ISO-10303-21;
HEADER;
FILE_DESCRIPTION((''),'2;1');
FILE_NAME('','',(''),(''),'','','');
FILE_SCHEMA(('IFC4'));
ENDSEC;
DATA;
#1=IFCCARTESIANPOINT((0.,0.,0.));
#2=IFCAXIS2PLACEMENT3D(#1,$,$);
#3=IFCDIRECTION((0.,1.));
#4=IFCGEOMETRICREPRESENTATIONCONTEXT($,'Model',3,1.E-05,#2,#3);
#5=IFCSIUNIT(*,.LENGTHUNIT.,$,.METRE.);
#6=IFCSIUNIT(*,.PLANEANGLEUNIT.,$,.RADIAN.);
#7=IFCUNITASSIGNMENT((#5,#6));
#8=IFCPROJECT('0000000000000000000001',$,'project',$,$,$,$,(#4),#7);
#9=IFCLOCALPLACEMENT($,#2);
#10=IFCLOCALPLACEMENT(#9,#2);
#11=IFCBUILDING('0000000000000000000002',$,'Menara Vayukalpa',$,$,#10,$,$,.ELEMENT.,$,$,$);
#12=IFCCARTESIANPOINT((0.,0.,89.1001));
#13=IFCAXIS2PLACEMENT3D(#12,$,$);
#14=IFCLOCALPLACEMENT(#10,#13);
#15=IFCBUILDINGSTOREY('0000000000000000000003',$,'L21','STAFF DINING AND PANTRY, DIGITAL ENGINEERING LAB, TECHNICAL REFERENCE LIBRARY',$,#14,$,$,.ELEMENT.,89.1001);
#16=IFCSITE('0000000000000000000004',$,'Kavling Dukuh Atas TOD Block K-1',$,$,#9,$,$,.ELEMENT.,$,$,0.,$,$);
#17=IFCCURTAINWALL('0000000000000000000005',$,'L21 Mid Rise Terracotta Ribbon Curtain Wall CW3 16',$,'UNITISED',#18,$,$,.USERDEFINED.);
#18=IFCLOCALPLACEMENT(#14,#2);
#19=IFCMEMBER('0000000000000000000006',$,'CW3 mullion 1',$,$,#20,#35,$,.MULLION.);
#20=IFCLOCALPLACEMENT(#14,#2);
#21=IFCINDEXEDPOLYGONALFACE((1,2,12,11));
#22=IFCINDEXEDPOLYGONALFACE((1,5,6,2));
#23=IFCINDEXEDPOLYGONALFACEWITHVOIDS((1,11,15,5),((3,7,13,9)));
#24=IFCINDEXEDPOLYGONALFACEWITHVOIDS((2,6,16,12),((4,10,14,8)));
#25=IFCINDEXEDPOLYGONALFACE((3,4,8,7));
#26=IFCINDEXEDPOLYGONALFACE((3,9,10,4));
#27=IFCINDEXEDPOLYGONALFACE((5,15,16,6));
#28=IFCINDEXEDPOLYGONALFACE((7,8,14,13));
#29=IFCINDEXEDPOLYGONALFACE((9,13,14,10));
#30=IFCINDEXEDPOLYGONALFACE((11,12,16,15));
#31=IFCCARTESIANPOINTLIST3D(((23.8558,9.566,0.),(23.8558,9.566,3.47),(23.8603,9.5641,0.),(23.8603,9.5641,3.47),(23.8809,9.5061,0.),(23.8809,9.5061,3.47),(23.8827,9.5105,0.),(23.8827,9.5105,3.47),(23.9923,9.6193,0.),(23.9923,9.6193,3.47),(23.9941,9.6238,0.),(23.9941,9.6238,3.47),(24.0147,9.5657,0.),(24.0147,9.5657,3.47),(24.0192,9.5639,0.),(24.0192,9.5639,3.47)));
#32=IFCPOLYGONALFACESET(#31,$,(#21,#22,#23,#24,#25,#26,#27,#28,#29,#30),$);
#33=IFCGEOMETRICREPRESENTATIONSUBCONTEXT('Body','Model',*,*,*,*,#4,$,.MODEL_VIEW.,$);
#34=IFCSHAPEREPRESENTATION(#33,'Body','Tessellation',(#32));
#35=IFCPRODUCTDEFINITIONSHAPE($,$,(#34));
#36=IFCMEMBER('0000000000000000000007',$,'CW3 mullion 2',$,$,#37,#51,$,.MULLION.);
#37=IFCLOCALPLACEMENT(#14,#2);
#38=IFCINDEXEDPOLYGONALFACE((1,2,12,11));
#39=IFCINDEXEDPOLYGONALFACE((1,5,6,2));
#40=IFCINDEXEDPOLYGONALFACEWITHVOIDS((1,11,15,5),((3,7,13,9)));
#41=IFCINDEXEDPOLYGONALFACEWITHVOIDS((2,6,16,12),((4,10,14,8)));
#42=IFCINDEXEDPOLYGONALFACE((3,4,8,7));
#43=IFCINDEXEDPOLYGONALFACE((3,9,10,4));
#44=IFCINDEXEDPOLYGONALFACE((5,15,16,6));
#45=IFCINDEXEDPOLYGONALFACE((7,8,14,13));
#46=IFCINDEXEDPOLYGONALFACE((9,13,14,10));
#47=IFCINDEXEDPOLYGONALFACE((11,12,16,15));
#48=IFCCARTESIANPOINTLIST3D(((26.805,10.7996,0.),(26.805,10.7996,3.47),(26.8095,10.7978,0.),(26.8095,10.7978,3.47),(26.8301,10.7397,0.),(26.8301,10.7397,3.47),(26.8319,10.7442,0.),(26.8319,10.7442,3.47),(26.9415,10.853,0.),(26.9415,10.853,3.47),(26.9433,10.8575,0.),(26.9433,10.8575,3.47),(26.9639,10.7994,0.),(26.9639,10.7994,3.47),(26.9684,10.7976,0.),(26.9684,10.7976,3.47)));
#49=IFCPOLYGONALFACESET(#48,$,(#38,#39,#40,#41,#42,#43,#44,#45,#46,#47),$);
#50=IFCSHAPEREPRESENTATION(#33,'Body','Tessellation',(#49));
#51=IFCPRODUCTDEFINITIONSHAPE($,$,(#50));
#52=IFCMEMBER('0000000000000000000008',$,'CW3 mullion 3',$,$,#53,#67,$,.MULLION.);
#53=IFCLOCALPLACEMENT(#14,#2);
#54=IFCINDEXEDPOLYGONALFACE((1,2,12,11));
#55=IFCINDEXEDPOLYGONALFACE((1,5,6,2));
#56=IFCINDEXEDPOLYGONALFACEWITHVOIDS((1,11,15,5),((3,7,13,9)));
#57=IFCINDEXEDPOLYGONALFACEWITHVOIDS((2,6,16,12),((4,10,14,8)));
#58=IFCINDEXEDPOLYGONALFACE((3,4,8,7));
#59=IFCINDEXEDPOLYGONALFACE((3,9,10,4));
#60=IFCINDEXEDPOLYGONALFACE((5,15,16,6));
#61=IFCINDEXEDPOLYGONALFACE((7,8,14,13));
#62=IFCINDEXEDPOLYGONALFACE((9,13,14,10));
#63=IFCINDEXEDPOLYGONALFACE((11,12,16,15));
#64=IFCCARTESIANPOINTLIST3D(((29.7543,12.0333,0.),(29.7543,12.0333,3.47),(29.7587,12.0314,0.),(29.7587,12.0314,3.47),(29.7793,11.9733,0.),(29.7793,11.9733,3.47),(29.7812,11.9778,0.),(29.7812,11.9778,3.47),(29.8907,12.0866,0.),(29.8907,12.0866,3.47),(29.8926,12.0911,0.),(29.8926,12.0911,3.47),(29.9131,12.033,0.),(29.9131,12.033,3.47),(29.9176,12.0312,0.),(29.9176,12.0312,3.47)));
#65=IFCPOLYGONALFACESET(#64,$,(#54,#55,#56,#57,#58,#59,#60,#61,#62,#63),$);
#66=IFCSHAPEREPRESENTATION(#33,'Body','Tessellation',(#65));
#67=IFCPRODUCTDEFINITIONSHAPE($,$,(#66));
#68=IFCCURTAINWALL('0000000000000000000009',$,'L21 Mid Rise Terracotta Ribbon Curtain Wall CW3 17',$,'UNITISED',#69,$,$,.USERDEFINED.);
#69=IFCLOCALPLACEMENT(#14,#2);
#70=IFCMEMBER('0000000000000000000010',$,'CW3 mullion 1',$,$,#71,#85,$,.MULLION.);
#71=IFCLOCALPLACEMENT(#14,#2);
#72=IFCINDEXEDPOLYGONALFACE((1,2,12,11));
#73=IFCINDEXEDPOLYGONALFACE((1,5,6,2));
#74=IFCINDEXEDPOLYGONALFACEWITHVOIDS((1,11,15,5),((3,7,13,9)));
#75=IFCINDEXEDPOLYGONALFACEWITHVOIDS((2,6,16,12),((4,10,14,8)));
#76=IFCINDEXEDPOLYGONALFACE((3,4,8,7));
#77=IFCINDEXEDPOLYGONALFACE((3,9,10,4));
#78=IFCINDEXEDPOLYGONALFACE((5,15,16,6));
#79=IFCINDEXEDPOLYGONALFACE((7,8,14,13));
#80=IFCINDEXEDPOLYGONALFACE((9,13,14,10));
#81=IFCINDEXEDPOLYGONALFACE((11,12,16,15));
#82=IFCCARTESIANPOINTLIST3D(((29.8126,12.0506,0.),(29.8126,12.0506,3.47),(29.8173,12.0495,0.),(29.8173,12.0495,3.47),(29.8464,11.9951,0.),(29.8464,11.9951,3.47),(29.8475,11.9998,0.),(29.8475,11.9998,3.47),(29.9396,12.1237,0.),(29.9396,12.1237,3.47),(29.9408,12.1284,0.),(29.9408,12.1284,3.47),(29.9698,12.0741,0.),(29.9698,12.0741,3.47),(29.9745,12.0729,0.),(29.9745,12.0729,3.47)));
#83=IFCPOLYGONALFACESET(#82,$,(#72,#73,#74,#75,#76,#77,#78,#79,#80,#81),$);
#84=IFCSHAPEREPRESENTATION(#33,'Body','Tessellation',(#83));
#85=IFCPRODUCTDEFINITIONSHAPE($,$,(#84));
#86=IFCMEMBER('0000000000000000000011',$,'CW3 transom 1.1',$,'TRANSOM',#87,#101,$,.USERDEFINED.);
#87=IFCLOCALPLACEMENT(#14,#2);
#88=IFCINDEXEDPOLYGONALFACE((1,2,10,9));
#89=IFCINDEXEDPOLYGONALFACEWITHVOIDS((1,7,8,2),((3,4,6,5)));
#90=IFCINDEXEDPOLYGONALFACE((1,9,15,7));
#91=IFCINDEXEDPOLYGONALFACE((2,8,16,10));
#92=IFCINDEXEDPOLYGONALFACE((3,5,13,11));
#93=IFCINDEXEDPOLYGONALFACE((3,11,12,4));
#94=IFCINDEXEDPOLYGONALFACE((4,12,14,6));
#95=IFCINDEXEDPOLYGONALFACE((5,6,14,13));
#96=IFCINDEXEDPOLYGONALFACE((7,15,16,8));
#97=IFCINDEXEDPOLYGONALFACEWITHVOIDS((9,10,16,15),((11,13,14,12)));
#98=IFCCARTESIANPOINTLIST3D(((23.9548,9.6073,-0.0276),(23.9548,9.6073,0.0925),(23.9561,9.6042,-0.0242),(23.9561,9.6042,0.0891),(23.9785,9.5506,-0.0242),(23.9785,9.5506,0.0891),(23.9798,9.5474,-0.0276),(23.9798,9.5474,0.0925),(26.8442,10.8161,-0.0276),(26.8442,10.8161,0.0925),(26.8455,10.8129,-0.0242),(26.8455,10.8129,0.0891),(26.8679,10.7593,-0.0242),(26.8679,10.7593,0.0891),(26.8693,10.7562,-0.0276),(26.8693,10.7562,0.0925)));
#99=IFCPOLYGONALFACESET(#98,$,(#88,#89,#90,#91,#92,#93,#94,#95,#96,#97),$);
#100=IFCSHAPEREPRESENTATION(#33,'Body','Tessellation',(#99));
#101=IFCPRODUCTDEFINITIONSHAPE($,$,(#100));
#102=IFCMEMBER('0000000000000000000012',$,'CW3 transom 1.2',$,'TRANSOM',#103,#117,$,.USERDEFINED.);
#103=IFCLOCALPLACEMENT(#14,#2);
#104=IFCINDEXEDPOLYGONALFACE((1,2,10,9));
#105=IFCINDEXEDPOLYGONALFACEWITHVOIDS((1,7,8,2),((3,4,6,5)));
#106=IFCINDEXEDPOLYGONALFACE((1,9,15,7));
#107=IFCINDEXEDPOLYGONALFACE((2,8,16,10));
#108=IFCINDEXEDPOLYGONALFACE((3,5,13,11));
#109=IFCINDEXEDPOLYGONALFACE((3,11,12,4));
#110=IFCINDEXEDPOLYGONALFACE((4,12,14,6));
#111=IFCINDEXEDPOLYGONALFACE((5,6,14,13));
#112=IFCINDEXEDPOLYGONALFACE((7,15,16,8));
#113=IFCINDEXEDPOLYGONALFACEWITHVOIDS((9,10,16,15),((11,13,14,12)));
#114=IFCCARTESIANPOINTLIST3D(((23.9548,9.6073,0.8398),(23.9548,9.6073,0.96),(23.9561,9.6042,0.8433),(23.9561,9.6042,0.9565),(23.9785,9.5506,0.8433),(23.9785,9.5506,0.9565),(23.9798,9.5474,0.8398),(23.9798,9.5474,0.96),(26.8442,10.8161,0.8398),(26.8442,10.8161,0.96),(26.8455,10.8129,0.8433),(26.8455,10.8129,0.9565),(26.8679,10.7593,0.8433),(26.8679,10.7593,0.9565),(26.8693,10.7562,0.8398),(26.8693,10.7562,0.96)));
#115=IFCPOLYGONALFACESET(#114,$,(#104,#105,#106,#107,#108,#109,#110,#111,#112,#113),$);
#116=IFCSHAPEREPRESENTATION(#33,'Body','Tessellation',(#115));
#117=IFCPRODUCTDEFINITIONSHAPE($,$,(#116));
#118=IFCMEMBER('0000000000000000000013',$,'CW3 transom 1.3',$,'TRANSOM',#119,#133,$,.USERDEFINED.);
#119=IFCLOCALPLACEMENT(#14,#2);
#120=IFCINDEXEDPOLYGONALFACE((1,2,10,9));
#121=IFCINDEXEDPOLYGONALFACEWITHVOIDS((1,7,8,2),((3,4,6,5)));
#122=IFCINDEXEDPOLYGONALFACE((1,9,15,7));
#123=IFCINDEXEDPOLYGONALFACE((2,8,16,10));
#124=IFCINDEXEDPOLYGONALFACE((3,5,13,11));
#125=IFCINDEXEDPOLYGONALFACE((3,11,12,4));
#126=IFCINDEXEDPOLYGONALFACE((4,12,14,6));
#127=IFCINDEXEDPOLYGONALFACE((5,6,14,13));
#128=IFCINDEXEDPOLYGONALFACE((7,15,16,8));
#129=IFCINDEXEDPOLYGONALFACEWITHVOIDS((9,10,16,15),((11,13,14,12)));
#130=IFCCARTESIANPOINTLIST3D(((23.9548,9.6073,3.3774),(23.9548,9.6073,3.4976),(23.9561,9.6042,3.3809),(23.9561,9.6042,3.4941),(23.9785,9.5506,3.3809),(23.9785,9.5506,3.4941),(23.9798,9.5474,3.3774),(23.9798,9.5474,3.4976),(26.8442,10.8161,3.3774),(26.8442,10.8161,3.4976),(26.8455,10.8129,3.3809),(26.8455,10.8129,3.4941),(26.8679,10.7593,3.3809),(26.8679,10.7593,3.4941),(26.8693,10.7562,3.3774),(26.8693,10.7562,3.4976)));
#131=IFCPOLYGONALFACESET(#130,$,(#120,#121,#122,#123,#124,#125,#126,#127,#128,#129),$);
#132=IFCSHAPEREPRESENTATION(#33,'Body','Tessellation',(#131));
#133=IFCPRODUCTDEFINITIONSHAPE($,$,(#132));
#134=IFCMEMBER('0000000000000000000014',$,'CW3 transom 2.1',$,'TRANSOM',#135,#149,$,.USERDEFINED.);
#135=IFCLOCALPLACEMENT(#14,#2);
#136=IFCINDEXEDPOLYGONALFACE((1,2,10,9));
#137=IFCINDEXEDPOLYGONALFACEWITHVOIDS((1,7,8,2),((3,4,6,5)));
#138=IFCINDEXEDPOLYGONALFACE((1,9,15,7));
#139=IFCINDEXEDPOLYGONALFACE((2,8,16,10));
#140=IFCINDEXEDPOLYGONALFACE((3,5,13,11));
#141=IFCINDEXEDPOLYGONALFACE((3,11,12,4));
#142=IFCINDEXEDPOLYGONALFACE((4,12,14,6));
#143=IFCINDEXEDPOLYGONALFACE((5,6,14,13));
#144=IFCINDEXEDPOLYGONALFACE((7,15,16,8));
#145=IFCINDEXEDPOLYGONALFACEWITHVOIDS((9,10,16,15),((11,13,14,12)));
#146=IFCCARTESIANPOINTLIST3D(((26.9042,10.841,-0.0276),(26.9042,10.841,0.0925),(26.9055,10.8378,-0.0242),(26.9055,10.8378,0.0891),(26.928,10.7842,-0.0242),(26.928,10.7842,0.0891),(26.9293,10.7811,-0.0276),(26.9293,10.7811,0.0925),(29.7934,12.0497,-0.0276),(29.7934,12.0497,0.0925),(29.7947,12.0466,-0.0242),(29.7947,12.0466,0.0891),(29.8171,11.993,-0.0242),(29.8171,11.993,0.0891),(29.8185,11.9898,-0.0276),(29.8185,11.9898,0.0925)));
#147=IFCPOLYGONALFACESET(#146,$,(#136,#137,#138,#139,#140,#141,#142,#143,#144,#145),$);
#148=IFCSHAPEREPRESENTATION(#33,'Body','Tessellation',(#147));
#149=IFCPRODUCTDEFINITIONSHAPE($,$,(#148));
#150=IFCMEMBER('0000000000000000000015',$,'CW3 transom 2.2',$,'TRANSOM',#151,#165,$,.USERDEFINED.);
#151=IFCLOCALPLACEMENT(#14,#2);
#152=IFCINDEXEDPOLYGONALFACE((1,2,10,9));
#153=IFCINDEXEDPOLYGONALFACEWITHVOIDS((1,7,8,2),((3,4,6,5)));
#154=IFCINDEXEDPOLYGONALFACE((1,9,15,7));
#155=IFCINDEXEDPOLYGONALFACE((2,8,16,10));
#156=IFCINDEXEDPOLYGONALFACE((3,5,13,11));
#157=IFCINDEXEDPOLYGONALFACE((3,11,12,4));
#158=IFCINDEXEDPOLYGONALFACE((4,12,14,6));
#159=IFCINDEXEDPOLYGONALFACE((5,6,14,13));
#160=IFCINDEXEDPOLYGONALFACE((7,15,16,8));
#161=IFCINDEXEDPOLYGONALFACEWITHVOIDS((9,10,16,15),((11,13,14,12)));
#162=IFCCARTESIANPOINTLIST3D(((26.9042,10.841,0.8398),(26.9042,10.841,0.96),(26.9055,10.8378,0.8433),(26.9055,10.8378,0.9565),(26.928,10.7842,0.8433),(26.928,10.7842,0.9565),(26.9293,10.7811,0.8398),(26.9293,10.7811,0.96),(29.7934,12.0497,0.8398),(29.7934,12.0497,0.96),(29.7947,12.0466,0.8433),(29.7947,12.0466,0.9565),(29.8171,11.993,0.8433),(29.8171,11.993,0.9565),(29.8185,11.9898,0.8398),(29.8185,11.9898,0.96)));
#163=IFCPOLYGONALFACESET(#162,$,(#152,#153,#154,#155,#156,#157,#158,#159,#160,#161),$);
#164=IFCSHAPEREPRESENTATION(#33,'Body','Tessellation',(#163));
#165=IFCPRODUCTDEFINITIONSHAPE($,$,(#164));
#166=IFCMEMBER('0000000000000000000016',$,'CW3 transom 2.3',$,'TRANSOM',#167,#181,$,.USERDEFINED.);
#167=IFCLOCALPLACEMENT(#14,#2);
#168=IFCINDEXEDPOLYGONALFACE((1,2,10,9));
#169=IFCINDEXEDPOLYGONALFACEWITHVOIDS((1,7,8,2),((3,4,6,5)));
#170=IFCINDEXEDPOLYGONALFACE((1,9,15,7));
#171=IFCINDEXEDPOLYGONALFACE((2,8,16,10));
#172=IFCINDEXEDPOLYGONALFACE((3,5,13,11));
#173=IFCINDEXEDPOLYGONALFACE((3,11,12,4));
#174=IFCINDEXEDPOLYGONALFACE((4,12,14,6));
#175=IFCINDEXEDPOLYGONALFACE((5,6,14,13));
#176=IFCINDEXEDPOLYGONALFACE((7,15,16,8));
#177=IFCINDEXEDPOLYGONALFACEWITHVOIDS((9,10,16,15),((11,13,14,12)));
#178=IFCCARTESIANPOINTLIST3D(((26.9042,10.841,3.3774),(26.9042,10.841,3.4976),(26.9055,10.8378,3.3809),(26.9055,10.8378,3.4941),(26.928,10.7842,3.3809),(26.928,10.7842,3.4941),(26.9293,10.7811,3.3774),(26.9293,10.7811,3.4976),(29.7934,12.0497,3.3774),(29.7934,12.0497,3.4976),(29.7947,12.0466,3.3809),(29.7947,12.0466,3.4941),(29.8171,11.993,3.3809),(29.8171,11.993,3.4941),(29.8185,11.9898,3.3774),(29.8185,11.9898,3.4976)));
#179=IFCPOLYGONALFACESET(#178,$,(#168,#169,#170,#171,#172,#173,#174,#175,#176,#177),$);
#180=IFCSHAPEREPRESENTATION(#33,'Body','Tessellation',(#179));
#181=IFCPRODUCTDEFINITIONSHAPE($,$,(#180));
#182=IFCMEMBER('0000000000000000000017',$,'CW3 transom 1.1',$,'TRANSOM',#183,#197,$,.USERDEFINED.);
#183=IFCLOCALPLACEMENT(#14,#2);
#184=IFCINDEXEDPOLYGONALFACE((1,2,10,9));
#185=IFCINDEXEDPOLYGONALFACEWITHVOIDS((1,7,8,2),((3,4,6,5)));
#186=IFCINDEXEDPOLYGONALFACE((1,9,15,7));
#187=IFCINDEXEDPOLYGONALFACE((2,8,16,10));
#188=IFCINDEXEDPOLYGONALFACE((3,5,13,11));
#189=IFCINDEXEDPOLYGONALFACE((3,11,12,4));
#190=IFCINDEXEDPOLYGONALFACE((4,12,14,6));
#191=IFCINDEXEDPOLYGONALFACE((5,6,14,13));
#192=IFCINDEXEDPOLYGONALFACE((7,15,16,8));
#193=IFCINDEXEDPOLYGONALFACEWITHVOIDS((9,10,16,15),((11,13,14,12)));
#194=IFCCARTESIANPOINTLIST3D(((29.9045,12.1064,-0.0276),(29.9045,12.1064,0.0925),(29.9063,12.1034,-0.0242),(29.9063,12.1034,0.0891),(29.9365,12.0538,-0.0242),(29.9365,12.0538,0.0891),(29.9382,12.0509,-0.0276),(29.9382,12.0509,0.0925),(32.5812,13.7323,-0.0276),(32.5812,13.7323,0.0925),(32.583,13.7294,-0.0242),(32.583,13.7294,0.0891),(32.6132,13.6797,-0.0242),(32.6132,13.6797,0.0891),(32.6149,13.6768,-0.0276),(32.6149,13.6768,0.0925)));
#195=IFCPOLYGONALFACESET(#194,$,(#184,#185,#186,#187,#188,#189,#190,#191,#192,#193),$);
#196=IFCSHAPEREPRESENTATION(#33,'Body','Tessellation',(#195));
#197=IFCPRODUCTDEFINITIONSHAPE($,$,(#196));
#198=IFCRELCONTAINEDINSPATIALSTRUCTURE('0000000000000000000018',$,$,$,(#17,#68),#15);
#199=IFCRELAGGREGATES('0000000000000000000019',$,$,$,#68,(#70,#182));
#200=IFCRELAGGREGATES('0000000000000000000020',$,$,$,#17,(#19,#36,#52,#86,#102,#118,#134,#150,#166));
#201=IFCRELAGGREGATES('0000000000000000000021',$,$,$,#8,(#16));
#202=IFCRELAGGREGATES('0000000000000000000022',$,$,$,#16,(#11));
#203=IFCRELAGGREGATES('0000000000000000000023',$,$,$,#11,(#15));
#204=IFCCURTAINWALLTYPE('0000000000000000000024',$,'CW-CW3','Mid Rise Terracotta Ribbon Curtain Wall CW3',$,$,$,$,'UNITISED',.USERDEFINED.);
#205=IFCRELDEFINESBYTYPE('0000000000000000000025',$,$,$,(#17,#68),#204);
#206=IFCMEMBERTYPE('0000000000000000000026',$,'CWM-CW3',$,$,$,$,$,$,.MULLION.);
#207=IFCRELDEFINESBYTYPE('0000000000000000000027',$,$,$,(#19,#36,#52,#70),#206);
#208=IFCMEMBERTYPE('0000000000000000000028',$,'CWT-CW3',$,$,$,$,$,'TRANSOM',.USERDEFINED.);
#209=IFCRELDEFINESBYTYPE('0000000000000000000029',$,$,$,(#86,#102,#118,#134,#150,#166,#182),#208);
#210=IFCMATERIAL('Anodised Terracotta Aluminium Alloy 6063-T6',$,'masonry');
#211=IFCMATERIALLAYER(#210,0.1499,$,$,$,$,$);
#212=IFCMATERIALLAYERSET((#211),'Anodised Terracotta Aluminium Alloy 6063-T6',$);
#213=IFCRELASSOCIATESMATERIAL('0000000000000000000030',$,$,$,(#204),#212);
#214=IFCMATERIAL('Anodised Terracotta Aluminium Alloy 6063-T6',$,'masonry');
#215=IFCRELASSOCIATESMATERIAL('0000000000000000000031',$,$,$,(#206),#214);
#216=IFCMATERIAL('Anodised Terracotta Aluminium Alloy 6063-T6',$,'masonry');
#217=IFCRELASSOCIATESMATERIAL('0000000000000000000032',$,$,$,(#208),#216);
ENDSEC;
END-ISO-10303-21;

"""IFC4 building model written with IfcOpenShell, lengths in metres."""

from ifc_helpers import new_model, si_unit, direction, frame, origin, origin_2d, place, context, subcontext, project, spatial, hollow_rectangle, extrude, material, layer, layer_set, material_profile, profile_set, type_object, element, aggregate, save


model = new_model("IFC4")

# Units and contexts
model_context = context("Model", 3, precision=1e-05, world=origin(), true_north=direction((0.0, 1.0)))
body_context = subcontext(model_context, "Body", "Model", "MODEL_VIEW")
ifc_project = project(units=[si_unit("LENGTHUNIT", "METRE"), si_unit("PLANEANGLEUNIT", "RADIAN")], contexts=[model_context])

# Site, building, storey
site_placement = place(None, origin())
site = spatial("IfcSite", under=ifc_project, at=site_placement, Name="Kavling Dukuh Atas TOD Block K-1", CompositionType="ELEMENT", RefElevation=0.0)
building_placement = place(site_placement, origin())
building = spatial("IfcBuilding", under=site, at=building_placement, Name="Menara Vayukalpa", CompositionType="ELEMENT")
storey_placement = place(building_placement, frame((0.0, 0.0, 89.1001)))
storey = spatial("IfcBuildingStorey", under=building, at=storey_placement, Name="L21", Description="STAFF DINING AND PANTRY, DIGITAL ENGINEERING LAB, TECHNICAL REFERENCE LIBRARY", CompositionType="ELEMENT", Elevation=89.1001)

# Curtain wall, members
ifc_material_1 = material(Name="Anodised Terracotta Aluminium Alloy 6063-T6", Category="masonry")
ifc_layer_1 = layer(ifc_material_1, 0.1499)
ifc_layer_set_1 = layer_set([ifc_layer_1], Name="Anodised Terracotta Aluminium Alloy 6063-T6")
curtain_wall_type = type_object("IfcCurtainWallType", Name="CW-CW3", Description="Mid Rise Terracotta Ribbon Curtain Wall CW3", ElementType="UNITISED", PredefinedType="USERDEFINED", material=ifc_layer_set_1)
curtain_wall_1_placement = place(storey_placement, origin())
curtain_wall_1 = element("IfcCurtainWall", 1, at=curtain_wall_1_placement, inside=storey, type_object=curtain_wall_type, Name="L21 Mid Rise Terracotta Ribbon Curtain Wall CW3 16", ObjectType="UNITISED", PredefinedType="USERDEFINED")
ifc_material_2 = material(Name="Anodised Terracotta Aluminium Alloy 6063-T6", Category="masonry")
ifc_material_profile_1 = material_profile(ifc_material_2, hollow_rectangle(XDim=0.0649, YDim=0.1499, WallThickness=0.0034, at=origin_2d()), Name="ALU 65x150x3.5")
ifc_profile_set_1 = profile_set([ifc_material_profile_1], Name="Anodised Terracotta Aluminium Alloy 6063-T6")
member_type_1 = type_object("IfcMemberType", Name="CWM-CW3", PredefinedType="MULLION", material=ifc_profile_set_1)
member_1_placement = place(storey_placement, frame((23.9375, 9.5649, 0.0), z_axis=(0.0, 0.0, 1.0), x_axis=(-0.385894, 0.922543, 0.0)))
member_1 = element("IfcMember", 2, at=member_1_placement, type_object=member_type_1, Name="CW3 mullion 1", PredefinedType="MULLION", context=body_context, shape_type="SweptSolid", body=[
    extrude(hollow_rectangle(XDim=0.0649, YDim=0.1499, WallThickness=0.0034, at=origin_2d()), origin(), (0.0, 0.0, 1.0), 3.47),
])
member_2_placement = place(storey_placement, frame((26.8867, 10.7986, 0.0), z_axis=(0.0, 0.0, 1.0), x_axis=(-0.385894, 0.922543, 0.0)))
member_2 = element("IfcMember", 3, at=member_2_placement, type_object=member_type_1, Name="CW3 mullion 2", PredefinedType="MULLION", context=body_context, shape_type="SweptSolid", body=[
    extrude(hollow_rectangle(XDim=0.0649, YDim=0.1499, WallThickness=0.0034, at=origin_2d()), origin(), (0.0, 0.0, 1.0), 3.47),
])
member_3_placement = place(storey_placement, frame((29.8359, 12.0322, 0.0), z_axis=(0.0, 0.0, 1.0), x_axis=(-0.385894, 0.922543, 0.0)))
member_3 = element("IfcMember", 4, at=member_3_placement, type_object=member_type_1, Name="CW3 mullion 3", PredefinedType="MULLION", context=body_context, shape_type="SweptSolid", body=[
    extrude(hollow_rectangle(XDim=0.0649, YDim=0.1499, WallThickness=0.0034, at=origin_2d()), origin(), (0.0, 0.0, 1.0), 3.47),
])

# Curtain wall, member
curtain_wall_2_placement = place(storey_placement, origin())
curtain_wall_2 = element("IfcCurtainWall", 5, at=curtain_wall_2_placement, inside=storey, type_object=curtain_wall_type, Name="L21 Mid Rise Terracotta Ribbon Curtain Wall CW3 17", ObjectType="UNITISED", PredefinedType="USERDEFINED")
member_4_placement = place(storey_placement, frame((29.8936, 12.0618, 0.0), z_axis=(0.0, 0.0, 1.0), x_axis=(-0.519183, 0.854663, 0.0)))
member_4 = element("IfcMember", 6, at=member_4_placement, type_object=member_type_1, Name="CW3 mullion 1", PredefinedType="MULLION", context=body_context, shape_type="SweptSolid", body=[
    extrude(hollow_rectangle(XDim=0.0649, YDim=0.1499, WallThickness=0.0034, at=origin_2d()), origin(), (0.0, 0.0, 1.0), 3.47),
])

# Members
ifc_material_3 = material(Name="Anodised Terracotta Aluminium Alloy 6063-T6", Category="masonry")
ifc_material_profile_2 = material_profile(ifc_material_3, hollow_rectangle(XDim=0.0649, YDim=0.1201, WallThickness=0.0034, at=origin_2d()), Name="ALU 65x120x3.5")
ifc_profile_set_2 = profile_set([ifc_material_profile_2], Name="Anodised Terracotta Aluminium Alloy 6063-T6")
member_type_2 = type_object("IfcMemberType", Name="CWT-CW3", ElementType="TRANSOM", PredefinedType="USERDEFINED", material=ifc_profile_set_2)
member_5_placement = place(storey_placement, frame((23.9673, 9.5774, 0.0325), z_axis=(0.922529, 0.385927, 0.0), x_axis=(-0.385927, 0.922529, 0.0)))
member_5 = element("IfcMember", 7, at=member_5_placement, type_object=member_type_2, Name="CW3 transom 1.1", ObjectType="TRANSOM", PredefinedType="USERDEFINED", context=body_context, shape_type="SweptSolid", body=[
    extrude(hollow_rectangle(XDim=0.0649, YDim=0.1201, WallThickness=0.0034, at=origin_2d()), origin(), (0.0, 0.0, 1.0), 3.1321),
])
member_6_placement = place(storey_placement, frame((23.9673, 9.5774, 0.8999), z_axis=(0.922529, 0.385927, 0.0), x_axis=(-0.385927, 0.922529, 0.0)))
member_6 = element("IfcMember", 8, at=member_6_placement, type_object=member_type_2, Name="CW3 transom 1.2", ObjectType="TRANSOM", PredefinedType="USERDEFINED", context=body_context, shape_type="SweptSolid", body=[
    extrude(hollow_rectangle(XDim=0.0649, YDim=0.1201, WallThickness=0.0034, at=origin_2d()), origin(), (0.0, 0.0, 1.0), 3.1321),
])
member_7_placement = place(storey_placement, frame((23.9673, 9.5774, 3.4375), z_axis=(0.922529, 0.385927, 0.0), x_axis=(-0.385927, 0.922529, 0.0)))
member_7 = element("IfcMember", 9, at=member_7_placement, type_object=member_type_2, Name="CW3 transom 1.3", ObjectType="TRANSOM", PredefinedType="USERDEFINED", context=body_context, shape_type="SweptSolid", body=[
    extrude(hollow_rectangle(XDim=0.0649, YDim=0.1201, WallThickness=0.0034, at=origin_2d()), origin(), (0.0, 0.0, 1.0), 3.1321),
])
member_8_placement = place(storey_placement, frame((26.9167, 10.811, 0.0325), z_axis=(0.922518, 0.385955, 0.0), x_axis=(-0.385955, 0.922518, 0.0)))
member_8 = element("IfcMember", 10, at=member_8_placement, type_object=member_type_2, Name="CW3 transom 2.1", ObjectType="TRANSOM", PredefinedType="USERDEFINED", context=body_context, shape_type="SweptSolid", body=[
    extrude(hollow_rectangle(XDim=0.0649, YDim=0.1201, WallThickness=0.0034, at=origin_2d()), origin(), (0.0, 0.0, 1.0), 3.1318),
])
member_9_placement = place(storey_placement, frame((26.9167, 10.811, 0.8999), z_axis=(0.922518, 0.385955, 0.0), x_axis=(-0.385955, 0.922518, 0.0)))
member_9 = element("IfcMember", 11, at=member_9_placement, type_object=member_type_2, Name="CW3 transom 2.2", ObjectType="TRANSOM", PredefinedType="USERDEFINED", context=body_context, shape_type="SweptSolid", body=[
    extrude(hollow_rectangle(XDim=0.0649, YDim=0.1201, WallThickness=0.0034, at=origin_2d()), origin(), (0.0, 0.0, 1.0), 3.1318),
])
member_10_placement = place(storey_placement, frame((26.9167, 10.811, 3.4375), z_axis=(0.922518, 0.385955, 0.0), x_axis=(-0.385955, 0.922518, 0.0)))
member_10 = element("IfcMember", 12, at=member_10_placement, type_object=member_type_2, Name="CW3 transom 2.3", ObjectType="TRANSOM", PredefinedType="USERDEFINED", context=body_context, shape_type="SweptSolid", body=[
    extrude(hollow_rectangle(XDim=0.0649, YDim=0.1201, WallThickness=0.0034, at=origin_2d()), origin(), (0.0, 0.0, 1.0), 3.1318),
])
member_11_placement = place(storey_placement, frame((29.9214, 12.0786, 0.0325), z_axis=(0.854674, 0.519165, 0.0), x_axis=(-0.519165, 0.854674, 0.0)))
member_11 = element("IfcMember", 13, at=member_11_placement, type_object=member_type_2, Name="CW3 transom 1.1", ObjectType="TRANSOM", PredefinedType="USERDEFINED", context=body_context, shape_type="SweptSolid", body=[
    extrude(hollow_rectangle(XDim=0.0649, YDim=0.1201, WallThickness=0.0034, at=origin_2d()), origin(), (0.0, 0.0, 1.0), 3.1318),
])
aggregate(curtain_wall_2, [member_4, member_11])

aggregate(curtain_wall_1, [member_1, member_2, member_3, member_5, member_6, member_7, member_8, member_9, member_10])

save(model, "model.ifc")
